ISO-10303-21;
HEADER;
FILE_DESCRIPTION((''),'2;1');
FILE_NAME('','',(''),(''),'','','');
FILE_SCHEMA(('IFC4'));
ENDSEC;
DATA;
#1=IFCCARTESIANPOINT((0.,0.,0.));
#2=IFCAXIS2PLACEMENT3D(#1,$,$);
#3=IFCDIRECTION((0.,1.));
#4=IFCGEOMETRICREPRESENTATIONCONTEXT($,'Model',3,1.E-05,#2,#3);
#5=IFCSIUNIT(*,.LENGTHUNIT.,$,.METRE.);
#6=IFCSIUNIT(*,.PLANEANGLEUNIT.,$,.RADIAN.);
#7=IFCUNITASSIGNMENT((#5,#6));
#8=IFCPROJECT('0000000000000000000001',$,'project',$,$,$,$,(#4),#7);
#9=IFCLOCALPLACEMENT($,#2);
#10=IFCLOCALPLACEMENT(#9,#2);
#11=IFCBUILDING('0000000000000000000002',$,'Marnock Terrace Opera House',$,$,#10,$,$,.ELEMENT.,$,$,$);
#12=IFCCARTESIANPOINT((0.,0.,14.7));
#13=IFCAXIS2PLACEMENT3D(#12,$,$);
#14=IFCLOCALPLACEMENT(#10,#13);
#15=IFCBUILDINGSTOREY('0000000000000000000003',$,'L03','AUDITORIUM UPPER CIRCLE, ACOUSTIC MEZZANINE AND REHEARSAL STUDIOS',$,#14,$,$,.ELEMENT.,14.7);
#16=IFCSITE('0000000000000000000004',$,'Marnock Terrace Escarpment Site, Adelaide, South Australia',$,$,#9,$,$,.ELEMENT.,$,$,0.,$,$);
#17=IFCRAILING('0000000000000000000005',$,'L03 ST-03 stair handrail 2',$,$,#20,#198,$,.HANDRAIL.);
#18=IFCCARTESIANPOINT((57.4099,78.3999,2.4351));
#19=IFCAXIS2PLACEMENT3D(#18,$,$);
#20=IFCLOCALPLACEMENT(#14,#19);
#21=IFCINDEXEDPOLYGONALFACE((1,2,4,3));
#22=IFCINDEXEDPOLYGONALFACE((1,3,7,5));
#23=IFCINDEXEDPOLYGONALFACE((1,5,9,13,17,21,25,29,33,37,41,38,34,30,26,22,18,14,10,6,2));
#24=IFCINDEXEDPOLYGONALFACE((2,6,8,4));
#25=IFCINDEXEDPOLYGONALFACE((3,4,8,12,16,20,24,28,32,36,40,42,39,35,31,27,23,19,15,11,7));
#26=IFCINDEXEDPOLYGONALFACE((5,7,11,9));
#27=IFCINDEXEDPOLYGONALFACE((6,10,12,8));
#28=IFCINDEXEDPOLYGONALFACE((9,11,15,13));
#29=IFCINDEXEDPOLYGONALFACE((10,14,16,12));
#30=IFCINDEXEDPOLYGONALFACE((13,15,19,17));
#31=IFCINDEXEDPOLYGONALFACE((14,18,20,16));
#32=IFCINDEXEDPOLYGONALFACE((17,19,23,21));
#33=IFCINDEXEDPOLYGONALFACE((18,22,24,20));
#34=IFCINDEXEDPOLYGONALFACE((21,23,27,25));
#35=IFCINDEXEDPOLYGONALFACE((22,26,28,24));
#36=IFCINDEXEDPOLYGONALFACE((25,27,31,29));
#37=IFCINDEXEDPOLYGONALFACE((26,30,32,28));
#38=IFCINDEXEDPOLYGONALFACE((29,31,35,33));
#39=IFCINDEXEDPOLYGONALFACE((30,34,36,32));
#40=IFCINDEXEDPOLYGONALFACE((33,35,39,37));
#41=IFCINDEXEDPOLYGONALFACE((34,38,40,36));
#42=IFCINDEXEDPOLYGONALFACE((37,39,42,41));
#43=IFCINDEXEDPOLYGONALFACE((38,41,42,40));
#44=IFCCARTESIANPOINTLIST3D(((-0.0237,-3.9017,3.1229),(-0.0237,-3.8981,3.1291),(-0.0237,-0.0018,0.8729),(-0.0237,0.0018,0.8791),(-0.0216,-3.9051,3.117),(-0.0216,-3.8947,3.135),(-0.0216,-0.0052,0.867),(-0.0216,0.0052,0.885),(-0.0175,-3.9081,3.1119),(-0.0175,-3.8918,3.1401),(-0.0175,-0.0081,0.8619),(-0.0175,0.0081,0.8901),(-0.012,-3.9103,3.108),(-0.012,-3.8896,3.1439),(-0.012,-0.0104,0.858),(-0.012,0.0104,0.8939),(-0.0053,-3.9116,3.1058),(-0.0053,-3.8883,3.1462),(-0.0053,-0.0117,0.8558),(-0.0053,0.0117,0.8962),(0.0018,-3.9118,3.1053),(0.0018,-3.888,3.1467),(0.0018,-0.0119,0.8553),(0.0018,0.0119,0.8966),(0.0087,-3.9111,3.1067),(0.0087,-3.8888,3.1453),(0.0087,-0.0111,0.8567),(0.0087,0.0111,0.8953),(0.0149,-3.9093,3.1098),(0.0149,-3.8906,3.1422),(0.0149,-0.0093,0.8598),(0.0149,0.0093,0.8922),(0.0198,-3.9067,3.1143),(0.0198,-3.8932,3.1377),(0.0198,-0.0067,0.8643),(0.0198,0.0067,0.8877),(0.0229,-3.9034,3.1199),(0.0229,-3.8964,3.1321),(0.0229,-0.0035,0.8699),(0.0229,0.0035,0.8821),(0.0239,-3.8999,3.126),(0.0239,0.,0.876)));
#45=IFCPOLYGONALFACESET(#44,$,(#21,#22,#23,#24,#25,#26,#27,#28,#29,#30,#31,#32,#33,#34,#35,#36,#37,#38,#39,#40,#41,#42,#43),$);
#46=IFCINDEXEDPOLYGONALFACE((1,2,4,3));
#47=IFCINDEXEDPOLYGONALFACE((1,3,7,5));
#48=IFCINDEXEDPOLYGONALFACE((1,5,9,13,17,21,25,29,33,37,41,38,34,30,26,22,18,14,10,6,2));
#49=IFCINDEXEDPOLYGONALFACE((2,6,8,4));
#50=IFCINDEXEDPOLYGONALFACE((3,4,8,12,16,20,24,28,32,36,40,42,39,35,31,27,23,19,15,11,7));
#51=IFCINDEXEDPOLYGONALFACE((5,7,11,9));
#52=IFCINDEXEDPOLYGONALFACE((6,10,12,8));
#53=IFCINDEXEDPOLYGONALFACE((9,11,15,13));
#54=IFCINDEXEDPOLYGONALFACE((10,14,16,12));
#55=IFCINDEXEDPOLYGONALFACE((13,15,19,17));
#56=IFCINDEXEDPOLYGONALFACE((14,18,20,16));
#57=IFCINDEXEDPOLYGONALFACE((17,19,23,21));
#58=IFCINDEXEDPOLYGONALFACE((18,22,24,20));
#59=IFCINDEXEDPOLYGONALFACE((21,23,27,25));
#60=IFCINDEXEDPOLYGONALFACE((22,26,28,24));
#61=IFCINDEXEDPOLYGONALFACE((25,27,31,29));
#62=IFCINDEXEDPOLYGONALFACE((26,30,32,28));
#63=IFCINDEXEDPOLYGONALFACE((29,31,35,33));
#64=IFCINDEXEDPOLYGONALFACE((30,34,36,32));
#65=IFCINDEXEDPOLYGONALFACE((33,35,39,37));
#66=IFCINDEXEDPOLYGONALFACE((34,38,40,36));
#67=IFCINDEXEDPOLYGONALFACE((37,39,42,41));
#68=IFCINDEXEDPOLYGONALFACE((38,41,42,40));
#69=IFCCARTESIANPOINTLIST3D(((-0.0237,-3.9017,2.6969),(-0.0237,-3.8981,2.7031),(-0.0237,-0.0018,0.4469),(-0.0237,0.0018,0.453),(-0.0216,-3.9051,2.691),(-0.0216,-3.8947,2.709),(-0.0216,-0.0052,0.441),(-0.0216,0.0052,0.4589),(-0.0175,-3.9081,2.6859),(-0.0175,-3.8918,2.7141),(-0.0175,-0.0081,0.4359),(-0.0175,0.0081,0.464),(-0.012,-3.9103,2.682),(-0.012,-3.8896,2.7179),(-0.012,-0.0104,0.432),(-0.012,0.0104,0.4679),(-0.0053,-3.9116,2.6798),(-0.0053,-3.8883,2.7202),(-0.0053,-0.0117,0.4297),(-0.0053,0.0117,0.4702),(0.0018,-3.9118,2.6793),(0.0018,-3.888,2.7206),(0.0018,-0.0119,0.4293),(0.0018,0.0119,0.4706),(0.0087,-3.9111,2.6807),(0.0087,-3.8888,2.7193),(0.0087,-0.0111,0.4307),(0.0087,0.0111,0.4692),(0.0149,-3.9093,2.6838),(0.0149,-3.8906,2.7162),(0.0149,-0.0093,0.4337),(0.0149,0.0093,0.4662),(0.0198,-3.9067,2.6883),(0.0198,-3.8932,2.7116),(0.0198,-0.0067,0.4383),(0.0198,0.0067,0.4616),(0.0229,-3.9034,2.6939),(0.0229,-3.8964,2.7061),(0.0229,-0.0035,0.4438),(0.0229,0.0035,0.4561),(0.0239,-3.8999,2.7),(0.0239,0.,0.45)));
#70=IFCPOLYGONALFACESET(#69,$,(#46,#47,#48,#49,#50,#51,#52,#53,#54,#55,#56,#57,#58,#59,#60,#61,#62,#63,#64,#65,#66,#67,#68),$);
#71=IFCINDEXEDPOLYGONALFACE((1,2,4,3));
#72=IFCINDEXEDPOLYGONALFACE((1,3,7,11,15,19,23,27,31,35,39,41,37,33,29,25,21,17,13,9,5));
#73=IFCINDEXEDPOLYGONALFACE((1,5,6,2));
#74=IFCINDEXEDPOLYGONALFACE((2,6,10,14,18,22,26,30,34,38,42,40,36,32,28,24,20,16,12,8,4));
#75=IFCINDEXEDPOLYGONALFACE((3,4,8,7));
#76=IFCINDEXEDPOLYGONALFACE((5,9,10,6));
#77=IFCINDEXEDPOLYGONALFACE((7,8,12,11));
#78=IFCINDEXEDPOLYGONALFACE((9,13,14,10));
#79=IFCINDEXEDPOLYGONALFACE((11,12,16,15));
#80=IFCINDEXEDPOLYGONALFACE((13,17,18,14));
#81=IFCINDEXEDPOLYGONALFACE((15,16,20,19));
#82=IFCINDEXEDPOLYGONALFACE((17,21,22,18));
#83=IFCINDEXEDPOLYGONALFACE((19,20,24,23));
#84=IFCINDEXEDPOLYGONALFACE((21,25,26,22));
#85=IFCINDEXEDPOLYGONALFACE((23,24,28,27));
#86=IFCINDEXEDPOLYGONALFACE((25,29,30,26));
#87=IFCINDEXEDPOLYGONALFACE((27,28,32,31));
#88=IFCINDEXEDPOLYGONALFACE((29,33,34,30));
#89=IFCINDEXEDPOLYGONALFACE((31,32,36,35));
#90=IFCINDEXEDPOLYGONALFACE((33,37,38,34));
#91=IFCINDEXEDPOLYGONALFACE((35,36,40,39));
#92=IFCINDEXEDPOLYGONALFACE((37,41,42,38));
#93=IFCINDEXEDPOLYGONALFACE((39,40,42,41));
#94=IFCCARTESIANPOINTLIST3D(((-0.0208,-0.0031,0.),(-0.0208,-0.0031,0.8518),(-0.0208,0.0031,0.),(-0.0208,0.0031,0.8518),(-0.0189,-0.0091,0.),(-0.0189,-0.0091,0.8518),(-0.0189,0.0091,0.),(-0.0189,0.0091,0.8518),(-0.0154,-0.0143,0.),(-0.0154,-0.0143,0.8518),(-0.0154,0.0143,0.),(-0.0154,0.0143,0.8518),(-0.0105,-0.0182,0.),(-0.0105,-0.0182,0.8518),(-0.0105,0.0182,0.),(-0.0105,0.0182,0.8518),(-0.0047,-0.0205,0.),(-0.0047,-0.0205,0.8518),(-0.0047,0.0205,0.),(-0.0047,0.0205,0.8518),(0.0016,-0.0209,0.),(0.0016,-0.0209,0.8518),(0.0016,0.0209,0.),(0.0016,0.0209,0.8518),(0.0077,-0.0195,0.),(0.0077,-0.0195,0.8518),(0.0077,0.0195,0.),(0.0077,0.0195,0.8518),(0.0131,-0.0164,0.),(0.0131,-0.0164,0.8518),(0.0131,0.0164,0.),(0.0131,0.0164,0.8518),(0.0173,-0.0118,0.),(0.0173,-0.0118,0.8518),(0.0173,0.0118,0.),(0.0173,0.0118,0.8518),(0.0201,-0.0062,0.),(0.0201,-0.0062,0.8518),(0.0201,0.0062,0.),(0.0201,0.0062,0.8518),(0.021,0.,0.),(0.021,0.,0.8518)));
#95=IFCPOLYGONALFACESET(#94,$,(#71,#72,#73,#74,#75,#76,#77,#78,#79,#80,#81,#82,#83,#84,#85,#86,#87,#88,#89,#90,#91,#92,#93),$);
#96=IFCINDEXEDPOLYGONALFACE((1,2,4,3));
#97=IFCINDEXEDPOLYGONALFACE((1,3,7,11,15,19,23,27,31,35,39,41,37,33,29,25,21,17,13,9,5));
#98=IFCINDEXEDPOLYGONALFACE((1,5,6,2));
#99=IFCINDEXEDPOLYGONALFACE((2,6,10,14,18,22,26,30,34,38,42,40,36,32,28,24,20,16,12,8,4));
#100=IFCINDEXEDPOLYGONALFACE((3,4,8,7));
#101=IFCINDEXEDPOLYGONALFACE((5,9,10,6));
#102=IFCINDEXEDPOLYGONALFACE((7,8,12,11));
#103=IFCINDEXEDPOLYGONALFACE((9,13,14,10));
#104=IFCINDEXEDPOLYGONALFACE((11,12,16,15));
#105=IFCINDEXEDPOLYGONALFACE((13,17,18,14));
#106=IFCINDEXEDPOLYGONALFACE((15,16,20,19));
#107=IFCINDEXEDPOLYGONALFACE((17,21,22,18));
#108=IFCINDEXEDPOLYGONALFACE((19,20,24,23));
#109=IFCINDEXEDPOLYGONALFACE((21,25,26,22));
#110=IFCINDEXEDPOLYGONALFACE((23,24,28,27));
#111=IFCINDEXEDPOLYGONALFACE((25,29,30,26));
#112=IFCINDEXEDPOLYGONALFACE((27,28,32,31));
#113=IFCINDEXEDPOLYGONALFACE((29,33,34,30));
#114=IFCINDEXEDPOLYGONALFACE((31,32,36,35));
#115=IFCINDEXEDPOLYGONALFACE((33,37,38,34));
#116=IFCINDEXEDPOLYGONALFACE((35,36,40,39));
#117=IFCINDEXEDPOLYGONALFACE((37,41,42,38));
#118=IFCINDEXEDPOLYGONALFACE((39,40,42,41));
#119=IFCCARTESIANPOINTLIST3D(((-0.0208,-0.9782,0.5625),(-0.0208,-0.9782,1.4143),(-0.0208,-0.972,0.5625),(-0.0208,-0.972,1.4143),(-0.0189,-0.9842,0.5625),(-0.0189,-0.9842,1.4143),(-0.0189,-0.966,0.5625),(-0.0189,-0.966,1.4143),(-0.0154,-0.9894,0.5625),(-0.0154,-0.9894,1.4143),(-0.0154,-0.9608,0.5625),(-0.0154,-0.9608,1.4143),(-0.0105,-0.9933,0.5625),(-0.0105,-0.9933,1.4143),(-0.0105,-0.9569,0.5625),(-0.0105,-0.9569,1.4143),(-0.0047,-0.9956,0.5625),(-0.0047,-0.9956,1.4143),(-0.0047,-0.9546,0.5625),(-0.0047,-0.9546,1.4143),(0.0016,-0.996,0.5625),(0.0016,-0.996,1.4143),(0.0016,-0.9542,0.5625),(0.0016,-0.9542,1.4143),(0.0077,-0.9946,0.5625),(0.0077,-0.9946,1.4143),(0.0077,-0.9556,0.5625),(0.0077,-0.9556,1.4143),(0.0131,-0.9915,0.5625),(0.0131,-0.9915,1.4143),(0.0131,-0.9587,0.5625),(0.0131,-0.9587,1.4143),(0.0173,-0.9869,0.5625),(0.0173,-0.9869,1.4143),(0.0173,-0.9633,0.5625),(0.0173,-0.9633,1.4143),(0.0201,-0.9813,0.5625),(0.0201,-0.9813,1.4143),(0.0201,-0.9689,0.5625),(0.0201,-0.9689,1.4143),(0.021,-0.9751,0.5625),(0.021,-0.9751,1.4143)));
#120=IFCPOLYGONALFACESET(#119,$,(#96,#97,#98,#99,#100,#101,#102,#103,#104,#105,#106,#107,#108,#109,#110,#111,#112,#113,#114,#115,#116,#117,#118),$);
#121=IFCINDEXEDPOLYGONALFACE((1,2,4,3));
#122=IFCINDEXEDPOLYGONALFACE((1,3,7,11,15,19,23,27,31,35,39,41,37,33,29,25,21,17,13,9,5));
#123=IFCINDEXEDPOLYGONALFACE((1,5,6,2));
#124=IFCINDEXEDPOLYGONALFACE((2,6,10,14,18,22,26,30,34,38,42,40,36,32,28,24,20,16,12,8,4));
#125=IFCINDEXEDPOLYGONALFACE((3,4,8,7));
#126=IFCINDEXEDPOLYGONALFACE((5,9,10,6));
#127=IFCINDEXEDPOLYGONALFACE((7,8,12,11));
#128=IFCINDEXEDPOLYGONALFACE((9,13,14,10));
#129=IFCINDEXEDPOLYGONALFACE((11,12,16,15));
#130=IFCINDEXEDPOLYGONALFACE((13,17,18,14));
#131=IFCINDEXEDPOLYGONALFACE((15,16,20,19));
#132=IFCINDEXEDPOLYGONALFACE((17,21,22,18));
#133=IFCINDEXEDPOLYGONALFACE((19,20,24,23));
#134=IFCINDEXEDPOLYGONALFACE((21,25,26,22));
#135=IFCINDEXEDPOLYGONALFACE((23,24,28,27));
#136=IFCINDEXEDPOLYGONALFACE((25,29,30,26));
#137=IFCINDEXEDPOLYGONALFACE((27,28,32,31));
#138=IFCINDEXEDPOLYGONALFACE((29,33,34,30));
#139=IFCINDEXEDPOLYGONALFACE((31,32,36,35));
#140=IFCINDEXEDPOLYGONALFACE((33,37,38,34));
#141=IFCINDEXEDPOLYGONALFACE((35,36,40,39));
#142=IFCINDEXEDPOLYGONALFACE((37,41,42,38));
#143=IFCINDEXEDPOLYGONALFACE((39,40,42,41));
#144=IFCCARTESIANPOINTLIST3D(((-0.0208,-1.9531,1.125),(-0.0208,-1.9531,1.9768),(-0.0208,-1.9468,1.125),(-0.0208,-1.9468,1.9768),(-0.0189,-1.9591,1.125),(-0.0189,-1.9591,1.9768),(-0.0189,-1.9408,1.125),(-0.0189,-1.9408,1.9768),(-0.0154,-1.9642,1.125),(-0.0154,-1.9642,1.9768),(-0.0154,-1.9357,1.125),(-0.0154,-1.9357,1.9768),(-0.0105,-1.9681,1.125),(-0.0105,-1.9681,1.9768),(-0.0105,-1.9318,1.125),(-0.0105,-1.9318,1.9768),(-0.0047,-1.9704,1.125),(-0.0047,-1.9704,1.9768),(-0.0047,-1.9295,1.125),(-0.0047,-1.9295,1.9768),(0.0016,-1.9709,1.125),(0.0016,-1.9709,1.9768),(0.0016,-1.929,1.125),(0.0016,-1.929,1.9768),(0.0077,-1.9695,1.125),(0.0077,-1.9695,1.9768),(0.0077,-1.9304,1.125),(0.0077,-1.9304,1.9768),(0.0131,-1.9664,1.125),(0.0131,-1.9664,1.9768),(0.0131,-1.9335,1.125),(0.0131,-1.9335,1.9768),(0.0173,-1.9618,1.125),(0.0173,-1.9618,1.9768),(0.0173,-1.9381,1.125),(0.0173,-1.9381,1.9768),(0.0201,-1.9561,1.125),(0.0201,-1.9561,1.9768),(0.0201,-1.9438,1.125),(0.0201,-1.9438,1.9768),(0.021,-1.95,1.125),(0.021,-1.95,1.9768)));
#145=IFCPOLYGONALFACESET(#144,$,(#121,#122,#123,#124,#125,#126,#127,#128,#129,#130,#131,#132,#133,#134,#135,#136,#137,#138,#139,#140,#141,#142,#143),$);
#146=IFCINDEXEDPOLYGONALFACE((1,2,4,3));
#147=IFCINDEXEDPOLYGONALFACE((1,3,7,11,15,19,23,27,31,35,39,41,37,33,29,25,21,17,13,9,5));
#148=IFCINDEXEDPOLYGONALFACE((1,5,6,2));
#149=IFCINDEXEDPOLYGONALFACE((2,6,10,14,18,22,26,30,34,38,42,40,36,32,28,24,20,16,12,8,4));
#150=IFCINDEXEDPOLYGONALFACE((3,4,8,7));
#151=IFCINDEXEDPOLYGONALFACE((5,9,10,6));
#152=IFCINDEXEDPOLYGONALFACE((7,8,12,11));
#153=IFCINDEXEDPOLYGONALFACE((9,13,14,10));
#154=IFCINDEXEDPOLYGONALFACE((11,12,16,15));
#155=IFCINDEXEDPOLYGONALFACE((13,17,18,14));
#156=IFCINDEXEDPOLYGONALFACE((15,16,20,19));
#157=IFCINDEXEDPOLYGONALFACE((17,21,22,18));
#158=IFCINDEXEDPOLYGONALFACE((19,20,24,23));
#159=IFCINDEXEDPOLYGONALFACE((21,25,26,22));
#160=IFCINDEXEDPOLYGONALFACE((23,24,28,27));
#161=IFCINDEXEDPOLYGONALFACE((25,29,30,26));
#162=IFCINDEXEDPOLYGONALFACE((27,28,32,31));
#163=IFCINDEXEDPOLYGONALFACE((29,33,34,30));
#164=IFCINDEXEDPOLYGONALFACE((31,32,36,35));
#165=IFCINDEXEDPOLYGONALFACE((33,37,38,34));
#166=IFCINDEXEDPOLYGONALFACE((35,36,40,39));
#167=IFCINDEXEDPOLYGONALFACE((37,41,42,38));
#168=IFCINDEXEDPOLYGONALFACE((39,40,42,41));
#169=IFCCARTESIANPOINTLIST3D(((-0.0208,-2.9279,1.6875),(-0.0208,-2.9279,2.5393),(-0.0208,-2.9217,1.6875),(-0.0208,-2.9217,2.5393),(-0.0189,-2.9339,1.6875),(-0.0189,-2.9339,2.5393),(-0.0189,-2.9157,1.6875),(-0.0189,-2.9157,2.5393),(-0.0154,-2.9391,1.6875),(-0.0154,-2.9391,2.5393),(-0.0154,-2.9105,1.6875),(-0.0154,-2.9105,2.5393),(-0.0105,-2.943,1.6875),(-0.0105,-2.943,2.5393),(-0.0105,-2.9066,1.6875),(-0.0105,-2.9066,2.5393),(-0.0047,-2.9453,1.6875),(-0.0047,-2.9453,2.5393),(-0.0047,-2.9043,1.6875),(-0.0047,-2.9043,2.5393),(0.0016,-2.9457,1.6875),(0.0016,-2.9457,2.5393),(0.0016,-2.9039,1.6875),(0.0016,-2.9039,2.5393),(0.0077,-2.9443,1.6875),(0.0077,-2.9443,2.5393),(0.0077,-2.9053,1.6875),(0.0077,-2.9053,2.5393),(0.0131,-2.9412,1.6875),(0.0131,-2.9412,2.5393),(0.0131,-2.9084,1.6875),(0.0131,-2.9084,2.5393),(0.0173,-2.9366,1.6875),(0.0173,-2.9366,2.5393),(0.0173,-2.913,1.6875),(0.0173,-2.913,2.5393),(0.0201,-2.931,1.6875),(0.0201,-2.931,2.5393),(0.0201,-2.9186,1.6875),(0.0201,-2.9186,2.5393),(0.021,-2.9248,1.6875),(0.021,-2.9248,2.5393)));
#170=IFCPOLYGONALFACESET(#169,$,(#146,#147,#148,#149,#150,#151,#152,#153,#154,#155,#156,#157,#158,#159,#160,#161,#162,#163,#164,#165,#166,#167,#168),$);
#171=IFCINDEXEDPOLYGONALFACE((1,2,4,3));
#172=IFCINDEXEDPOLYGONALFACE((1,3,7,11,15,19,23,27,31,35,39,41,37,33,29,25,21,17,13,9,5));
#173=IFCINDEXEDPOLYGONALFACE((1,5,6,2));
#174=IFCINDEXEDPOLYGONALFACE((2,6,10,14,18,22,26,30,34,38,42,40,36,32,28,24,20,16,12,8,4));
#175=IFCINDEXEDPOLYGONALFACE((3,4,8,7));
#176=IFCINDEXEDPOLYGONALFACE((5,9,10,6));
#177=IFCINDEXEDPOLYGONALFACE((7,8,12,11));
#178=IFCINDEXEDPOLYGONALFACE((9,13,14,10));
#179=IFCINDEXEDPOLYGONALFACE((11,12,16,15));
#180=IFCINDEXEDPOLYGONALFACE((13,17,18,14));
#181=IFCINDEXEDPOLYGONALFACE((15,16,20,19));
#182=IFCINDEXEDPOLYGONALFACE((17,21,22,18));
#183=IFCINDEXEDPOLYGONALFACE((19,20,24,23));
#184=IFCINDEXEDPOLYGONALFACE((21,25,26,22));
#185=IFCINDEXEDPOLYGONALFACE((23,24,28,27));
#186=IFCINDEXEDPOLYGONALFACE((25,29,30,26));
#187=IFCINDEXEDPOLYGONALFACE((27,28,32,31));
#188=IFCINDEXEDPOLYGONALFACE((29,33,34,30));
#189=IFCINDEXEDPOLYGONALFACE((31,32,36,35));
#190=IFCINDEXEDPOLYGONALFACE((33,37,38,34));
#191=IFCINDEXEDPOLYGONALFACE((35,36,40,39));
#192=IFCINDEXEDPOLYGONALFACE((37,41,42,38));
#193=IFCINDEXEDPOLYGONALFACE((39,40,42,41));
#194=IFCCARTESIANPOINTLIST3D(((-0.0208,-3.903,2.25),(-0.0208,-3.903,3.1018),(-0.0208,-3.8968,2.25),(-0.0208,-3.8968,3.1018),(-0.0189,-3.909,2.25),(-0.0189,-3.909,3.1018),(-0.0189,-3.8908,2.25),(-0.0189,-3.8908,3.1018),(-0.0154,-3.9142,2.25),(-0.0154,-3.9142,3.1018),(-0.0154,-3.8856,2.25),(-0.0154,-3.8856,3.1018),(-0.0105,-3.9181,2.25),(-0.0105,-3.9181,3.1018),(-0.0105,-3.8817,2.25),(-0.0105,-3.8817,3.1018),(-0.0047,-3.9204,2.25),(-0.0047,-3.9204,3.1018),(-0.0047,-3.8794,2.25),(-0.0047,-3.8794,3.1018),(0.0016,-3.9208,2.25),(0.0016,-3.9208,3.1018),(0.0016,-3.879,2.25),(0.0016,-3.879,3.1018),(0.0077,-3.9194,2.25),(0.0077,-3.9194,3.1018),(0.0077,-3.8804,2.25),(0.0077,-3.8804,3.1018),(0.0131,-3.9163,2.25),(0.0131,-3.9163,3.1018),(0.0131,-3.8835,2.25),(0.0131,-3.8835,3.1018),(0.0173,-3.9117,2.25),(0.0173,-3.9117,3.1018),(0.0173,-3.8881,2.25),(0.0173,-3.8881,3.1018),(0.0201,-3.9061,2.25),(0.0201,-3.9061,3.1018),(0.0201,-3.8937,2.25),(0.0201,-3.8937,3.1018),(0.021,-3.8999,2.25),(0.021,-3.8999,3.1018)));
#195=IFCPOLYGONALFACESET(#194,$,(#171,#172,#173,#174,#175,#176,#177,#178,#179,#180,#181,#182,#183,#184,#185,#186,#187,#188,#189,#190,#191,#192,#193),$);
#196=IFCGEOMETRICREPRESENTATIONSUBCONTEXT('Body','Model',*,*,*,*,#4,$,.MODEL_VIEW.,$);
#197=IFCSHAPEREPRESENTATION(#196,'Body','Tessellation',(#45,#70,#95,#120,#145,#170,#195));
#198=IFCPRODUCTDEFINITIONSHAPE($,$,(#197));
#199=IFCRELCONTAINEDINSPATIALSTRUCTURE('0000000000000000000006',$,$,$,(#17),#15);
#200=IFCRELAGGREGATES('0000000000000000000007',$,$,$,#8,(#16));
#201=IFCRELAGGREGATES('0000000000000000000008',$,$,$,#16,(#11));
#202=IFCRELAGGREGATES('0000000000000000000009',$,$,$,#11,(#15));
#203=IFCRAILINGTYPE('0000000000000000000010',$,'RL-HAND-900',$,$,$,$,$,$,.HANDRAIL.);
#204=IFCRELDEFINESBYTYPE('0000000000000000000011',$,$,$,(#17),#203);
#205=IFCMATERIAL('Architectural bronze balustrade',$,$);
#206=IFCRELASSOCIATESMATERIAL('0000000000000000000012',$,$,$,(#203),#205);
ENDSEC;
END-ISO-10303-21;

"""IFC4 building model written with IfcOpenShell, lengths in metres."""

from ifc_helpers import new_model, si_unit, direction, frame, origin, origin_2d, place, context, subcontext, project, spatial, circle, extrude, material, type_object, element, save


model = new_model("IFC4")

# Units and contexts
model_context = context("Model", 3, precision=1e-05, world=origin(), true_north=direction((0.0, 1.0)))
body_context = subcontext(model_context, "Body", "Model", "MODEL_VIEW")
ifc_project = project(units=[si_unit("LENGTHUNIT", "METRE"), si_unit("PLANEANGLEUNIT", "RADIAN")], contexts=[model_context])

# Site, building, storey
site_placement = place(None, origin())
site = spatial("IfcSite", under=ifc_project, at=site_placement, Name="Marnock Terrace Escarpment Site, Adelaide, South Australia", CompositionType="ELEMENT", RefElevation=0.0)
building_placement = place(site_placement, origin())
building = spatial("IfcBuilding", under=site, at=building_placement, Name="Marnock Terrace Opera House", CompositionType="ELEMENT")
storey_placement = place(building_placement, frame((0.0, 0.0, 14.7)))
storey = spatial("IfcBuildingStorey", under=building, at=storey_placement, Name="L03", Description="AUDITORIUM UPPER CIRCLE, ACOUSTIC MEZZANINE AND REHEARSAL STUDIOS", CompositionType="ELEMENT", Elevation=14.7)

# Railing
ifc_material_1 = material(Name="Architectural bronze balustrade")
railing_type_1 = type_object("IfcRailingType", Name="RL-HAND-900", PredefinedType="HANDRAIL", material=ifc_material_1)
railing_1_placement = place(storey_placement, frame((57.4099, 78.3999, 2.4351)))
element("IfcRailing", 1, at=railing_1_placement, inside=storey, type_object=railing_type_1, Name="L03 ST-03 stair handrail 2", PredefinedType="HANDRAIL", context=body_context, shape_type="SweptSolid", body=[
    extrude(circle(Radius=0.0239, at=origin_2d()), frame((0.0, 0.0, 0.876), z_axis=(0.0, -0.86618, 0.499732), x_axis=(1.0, 0.0, 0.0)), (0.0, 0.0, 1.0), 4.5024),
    extrude(circle(Radius=0.0239, at=origin_2d()), frame((0.0, 0.0, 0.45), z_axis=(0.0, -0.86618, 0.499732), x_axis=(1.0, 0.0, 0.0)), (0.0, 0.0, 1.0), 4.5024),
    extrude(circle(Radius=0.021, at=origin_2d()), origin(), (0.0, 0.0, 1.0), 0.8518),
    extrude(circle(Radius=0.021, at=origin_2d()), frame((0.0, -0.9751, 0.5625)), (0.0, 0.0, 1.0), 0.8518),
    extrude(circle(Radius=0.021, at=origin_2d()), frame((0.0, -1.95, 1.125)), (0.0, 0.0, 1.0), 0.8518),
    extrude(circle(Radius=0.021, at=origin_2d()), frame((0.0, -2.9248, 1.6875)), (0.0, 0.0, 1.0), 0.8518),
    extrude(circle(Radius=0.021, at=origin_2d()), frame((0.0, -3.8999, 2.25)), (0.0, 0.0, 1.0), 0.8518),
])

save(model, "model.ifc")
